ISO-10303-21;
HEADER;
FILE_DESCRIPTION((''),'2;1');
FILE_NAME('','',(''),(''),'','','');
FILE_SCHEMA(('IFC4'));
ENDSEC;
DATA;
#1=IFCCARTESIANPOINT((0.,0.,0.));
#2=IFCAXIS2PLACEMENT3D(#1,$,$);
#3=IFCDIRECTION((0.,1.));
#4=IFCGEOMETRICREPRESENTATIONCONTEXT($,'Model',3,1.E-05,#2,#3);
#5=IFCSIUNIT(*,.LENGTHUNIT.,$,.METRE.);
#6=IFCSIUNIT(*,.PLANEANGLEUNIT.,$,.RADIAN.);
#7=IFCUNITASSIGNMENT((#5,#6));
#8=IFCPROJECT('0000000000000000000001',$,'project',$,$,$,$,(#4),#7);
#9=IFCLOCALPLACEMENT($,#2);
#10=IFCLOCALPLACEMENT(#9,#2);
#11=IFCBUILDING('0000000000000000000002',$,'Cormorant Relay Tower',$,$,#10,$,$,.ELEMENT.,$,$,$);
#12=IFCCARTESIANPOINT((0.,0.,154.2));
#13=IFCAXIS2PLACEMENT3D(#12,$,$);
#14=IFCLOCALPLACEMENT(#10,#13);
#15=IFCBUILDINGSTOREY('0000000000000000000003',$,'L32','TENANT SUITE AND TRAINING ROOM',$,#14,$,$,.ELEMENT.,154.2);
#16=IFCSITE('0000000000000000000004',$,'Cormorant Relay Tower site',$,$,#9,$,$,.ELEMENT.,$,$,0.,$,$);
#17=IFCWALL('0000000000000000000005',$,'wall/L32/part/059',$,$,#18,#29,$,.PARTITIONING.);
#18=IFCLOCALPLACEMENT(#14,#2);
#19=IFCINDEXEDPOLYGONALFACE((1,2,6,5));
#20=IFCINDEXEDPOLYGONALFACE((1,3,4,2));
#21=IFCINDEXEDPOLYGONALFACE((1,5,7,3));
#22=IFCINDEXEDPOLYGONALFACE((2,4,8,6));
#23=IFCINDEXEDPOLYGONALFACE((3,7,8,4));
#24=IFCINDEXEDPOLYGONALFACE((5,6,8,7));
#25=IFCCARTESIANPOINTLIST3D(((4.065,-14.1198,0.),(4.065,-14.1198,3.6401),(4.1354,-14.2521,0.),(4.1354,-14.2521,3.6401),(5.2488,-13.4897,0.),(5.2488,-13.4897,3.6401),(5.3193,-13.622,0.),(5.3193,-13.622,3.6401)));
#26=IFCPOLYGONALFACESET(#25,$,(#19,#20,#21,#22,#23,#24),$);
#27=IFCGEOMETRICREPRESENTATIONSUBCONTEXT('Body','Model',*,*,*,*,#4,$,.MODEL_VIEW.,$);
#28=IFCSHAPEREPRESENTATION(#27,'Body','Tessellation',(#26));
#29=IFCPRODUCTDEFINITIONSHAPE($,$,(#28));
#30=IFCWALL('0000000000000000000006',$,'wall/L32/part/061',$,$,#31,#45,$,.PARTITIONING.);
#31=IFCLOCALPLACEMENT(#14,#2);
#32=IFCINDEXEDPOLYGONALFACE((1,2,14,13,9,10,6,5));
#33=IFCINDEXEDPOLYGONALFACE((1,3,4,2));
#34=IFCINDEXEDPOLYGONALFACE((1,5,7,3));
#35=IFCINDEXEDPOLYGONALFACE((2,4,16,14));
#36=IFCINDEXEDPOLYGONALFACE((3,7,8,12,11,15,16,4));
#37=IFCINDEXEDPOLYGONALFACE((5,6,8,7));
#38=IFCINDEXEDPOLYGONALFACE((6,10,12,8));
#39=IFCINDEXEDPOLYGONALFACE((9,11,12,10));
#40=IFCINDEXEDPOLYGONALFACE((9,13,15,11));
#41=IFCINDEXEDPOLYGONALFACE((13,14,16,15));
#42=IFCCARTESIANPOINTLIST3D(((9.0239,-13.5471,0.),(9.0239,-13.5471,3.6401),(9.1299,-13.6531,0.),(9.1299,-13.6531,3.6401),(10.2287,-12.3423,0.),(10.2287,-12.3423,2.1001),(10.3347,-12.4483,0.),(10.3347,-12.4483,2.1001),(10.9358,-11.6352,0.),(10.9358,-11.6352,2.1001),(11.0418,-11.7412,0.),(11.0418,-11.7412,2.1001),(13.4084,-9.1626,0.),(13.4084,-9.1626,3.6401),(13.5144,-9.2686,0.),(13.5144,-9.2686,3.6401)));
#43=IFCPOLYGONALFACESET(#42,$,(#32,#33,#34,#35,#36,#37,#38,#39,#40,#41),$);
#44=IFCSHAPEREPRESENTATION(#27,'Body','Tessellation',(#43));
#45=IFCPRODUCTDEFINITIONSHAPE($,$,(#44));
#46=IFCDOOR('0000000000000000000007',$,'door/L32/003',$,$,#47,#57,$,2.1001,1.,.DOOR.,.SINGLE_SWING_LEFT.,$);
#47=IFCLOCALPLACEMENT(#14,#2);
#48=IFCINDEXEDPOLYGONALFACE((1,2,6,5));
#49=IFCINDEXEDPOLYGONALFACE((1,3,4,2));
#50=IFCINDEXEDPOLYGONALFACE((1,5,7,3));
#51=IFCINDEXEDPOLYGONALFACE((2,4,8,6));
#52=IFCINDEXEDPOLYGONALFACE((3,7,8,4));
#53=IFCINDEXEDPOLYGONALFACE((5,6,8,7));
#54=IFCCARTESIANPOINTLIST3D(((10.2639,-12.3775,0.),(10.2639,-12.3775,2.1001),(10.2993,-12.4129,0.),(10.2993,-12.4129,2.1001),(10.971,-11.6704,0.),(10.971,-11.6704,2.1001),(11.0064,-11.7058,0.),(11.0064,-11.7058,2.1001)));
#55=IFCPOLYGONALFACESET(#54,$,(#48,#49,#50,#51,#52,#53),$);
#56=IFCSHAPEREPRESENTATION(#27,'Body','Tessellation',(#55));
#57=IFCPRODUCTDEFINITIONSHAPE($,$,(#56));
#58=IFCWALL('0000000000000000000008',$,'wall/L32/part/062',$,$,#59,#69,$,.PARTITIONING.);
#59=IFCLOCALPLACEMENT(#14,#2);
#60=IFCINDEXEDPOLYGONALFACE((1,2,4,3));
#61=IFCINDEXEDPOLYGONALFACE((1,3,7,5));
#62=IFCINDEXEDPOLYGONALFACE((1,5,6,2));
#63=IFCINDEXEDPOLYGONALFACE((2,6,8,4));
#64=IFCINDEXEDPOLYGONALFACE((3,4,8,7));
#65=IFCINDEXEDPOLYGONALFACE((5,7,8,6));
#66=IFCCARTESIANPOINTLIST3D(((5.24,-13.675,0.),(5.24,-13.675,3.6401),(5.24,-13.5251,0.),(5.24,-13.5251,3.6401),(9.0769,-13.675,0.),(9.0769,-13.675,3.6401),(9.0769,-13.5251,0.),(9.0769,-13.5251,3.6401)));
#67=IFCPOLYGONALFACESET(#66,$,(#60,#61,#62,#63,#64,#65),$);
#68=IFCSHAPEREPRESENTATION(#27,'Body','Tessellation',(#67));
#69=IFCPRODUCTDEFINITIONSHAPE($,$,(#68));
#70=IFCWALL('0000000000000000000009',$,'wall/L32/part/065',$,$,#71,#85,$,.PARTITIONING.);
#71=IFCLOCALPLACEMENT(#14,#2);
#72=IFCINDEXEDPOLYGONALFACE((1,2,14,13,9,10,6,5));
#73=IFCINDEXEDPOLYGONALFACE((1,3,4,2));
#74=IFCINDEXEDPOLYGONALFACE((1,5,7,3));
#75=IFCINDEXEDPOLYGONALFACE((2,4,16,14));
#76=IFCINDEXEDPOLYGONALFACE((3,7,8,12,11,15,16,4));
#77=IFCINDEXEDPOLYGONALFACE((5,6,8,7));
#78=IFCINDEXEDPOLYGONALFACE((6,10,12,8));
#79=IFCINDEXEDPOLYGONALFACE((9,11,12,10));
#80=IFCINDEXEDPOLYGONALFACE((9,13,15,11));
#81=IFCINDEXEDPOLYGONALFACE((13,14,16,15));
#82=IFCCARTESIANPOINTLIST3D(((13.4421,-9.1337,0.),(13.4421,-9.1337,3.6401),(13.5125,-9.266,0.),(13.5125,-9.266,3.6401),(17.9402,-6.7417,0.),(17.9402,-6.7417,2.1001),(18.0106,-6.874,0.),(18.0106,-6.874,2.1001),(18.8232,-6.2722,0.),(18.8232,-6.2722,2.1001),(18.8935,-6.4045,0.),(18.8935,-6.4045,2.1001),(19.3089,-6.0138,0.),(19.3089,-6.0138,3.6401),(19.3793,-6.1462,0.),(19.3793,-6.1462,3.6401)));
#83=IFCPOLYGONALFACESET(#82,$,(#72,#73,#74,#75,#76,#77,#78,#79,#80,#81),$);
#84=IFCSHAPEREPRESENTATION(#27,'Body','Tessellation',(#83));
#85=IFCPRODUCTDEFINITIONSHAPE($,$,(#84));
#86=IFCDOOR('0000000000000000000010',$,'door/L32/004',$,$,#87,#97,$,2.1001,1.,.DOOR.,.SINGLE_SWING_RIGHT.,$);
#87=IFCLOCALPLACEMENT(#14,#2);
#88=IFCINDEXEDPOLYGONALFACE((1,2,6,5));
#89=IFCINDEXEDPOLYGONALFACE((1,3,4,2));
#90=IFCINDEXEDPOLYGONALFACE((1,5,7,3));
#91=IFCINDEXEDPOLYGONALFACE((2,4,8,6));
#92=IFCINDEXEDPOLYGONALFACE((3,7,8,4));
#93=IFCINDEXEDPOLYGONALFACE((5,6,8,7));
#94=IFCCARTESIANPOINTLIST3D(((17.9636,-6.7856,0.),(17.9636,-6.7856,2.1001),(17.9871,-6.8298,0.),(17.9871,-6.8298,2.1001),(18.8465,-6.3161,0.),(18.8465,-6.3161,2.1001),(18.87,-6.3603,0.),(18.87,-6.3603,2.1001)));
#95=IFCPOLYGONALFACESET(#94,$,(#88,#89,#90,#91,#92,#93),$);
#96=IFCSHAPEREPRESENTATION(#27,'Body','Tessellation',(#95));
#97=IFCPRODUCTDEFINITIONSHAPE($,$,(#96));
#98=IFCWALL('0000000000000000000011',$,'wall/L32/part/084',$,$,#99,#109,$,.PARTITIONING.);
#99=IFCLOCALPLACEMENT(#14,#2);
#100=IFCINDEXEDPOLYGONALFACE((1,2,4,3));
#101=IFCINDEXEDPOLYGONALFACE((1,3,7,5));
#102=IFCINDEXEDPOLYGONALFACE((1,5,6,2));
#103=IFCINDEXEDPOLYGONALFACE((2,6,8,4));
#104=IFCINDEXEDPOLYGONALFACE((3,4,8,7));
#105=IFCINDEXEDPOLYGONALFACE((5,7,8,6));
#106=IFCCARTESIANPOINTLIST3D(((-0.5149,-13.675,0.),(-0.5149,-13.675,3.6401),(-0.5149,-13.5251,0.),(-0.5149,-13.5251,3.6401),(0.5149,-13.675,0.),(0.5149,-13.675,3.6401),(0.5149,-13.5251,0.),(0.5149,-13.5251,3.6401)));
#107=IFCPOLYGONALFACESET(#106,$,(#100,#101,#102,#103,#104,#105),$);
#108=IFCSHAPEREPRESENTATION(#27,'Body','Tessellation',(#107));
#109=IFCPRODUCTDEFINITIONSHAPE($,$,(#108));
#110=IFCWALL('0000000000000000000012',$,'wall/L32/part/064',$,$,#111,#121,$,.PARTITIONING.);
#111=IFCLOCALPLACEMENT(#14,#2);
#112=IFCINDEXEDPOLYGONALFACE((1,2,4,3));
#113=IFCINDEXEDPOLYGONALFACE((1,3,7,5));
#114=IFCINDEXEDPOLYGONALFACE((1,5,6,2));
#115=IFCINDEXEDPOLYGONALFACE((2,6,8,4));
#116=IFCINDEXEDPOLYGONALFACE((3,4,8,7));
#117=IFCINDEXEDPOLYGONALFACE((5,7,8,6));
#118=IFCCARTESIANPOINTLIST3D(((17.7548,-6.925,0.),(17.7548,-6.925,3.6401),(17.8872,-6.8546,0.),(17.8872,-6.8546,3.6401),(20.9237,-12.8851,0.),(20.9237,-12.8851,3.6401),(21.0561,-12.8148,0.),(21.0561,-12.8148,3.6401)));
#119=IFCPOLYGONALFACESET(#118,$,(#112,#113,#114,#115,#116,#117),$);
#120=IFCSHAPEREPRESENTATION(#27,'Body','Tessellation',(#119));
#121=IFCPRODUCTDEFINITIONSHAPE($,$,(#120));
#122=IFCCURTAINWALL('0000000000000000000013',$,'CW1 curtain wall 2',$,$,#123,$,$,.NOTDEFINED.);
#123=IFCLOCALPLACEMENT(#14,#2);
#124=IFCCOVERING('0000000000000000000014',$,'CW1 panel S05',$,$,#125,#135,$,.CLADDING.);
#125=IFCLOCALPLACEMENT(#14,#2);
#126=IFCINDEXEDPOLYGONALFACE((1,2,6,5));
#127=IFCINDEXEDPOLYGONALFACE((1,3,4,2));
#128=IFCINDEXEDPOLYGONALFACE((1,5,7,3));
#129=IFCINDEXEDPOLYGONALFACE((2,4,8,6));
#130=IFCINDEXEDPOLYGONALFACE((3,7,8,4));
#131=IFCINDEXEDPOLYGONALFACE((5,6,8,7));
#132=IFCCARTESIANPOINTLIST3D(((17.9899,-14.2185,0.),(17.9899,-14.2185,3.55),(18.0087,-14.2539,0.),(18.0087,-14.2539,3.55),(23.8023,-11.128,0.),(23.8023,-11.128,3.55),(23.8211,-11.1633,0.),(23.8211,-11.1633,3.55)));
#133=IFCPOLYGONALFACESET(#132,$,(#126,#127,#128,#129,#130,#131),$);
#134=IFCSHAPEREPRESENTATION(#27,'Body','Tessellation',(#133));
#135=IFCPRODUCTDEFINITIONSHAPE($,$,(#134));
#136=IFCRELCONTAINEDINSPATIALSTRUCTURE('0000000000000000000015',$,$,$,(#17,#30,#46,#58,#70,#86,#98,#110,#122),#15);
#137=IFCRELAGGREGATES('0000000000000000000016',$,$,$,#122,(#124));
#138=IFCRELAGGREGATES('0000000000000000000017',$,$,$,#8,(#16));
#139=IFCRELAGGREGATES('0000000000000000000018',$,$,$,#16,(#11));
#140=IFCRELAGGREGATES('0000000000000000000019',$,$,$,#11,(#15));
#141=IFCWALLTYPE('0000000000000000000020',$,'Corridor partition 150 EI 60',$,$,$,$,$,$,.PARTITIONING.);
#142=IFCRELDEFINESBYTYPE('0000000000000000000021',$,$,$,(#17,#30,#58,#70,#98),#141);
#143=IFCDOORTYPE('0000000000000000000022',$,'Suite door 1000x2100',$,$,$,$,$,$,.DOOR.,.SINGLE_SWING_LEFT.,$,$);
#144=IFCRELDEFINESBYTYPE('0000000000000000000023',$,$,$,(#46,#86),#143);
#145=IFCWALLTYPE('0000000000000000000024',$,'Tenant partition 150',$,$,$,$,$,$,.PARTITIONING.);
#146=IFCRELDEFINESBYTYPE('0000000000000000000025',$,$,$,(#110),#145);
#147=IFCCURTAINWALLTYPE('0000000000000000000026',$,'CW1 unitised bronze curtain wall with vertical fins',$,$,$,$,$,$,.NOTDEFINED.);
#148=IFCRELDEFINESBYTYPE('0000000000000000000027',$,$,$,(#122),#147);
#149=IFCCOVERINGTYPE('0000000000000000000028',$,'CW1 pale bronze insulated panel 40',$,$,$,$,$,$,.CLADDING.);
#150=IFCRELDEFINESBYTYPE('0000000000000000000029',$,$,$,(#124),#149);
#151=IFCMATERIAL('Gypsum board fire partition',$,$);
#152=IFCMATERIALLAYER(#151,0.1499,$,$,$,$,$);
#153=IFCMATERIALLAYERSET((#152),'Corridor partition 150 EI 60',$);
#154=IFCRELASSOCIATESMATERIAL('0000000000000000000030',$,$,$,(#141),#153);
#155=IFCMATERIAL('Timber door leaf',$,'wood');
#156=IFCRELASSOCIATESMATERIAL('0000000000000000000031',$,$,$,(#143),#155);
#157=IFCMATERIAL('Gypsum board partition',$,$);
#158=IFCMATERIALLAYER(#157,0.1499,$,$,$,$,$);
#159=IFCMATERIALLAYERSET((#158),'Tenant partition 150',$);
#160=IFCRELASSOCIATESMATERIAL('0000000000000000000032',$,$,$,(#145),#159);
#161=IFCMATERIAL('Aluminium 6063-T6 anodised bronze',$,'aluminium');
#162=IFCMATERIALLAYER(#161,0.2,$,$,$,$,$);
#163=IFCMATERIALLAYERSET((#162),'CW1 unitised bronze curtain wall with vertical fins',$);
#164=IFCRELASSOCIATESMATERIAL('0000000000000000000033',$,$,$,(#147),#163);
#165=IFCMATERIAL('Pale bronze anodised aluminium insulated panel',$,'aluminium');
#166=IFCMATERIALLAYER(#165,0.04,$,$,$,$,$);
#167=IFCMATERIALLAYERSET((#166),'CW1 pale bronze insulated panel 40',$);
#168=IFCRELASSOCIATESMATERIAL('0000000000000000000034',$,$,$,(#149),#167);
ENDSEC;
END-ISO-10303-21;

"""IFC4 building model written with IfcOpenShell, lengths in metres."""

from ifc_helpers import new_model, si_unit, direction, frame, frame_2d, origin, origin_2d, place, context, subcontext, project, spatial, rectangle, extrude, material, layer, layer_set, type_object, element, fill, aggregate, save


model = new_model("IFC4")

# Units and contexts
model_context = context("Model", 3, precision=1e-05, world=origin(), true_north=direction((0.0, 1.0)))
body_context = subcontext(model_context, "Body", "Model", "MODEL_VIEW")
ifc_project = project(units=[si_unit("LENGTHUNIT", "METRE"), si_unit("PLANEANGLEUNIT", "RADIAN")], contexts=[model_context])

# Site, building, storey
site_placement = place(None, origin())
site = spatial("IfcSite", under=ifc_project, at=site_placement, Name="Cormorant Relay Tower site", CompositionType="ELEMENT", RefElevation=0.0)
building_placement = place(site_placement, origin())
building = spatial("IfcBuilding", under=site, at=building_placement, Name="Cormorant Relay Tower", CompositionType="ELEMENT")
storey_placement = place(building_placement, frame((0.0, 0.0, 154.2)))
storey = spatial("IfcBuildingStorey", under=building, at=storey_placement, Name="L32", Description="TENANT SUITE AND TRAINING ROOM", CompositionType="ELEMENT", Elevation=154.2)

# Wall
ifc_material_1 = material(Name="Gypsum board fire partition")
ifc_layer_1 = layer(ifc_material_1, 0.1499)
ifc_layer_set_1 = layer_set([ifc_layer_1], Name="Corridor partition 150 EI 60")
wall_type_1 = type_object("IfcWallType", Name="Corridor partition 150 EI 60", PredefinedType="PARTITIONING", material=ifc_layer_set_1)
wall_1_placement = place(storey_placement, frame((5.2839, -13.5559, 0.0), z_axis=(0.0, 0.0, 1.0), x_axis=(-0.882741, -0.469861, 0.0)))
element("IfcWall", 1, at=wall_1_placement, inside=storey, type_object=wall_type_1, Name="wall/L32/part/059", PredefinedType="PARTITIONING", context=body_context, shape_type="SweptSolid", body=[
    extrude(rectangle(XDim=1.3411, YDim=0.1499, at=frame_2d((0.6704, 0.0))), origin(), (0.0, 0.0, 1.0), 3.6401),
])

# Wall, opening, door
wall_2_placement = place(storey_placement, frame((13.4614, -9.2156, 0.0), z_axis=(0.0, 0.0, 1.0), x_axis=(-0.707107, -0.707107, 0.0)))
wall_2 = element("IfcWall", 2, at=wall_2_placement, inside=storey, type_object=wall_type_1, Name="wall/L32/part/061", PredefinedType="PARTITIONING", context=body_context, shape_type="SweptSolid", body=[
    extrude(rectangle(XDim=6.2007, YDim=0.1499, at=frame_2d((3.1003, 0.0))), origin(), (0.0, 0.0, 1.0), 3.6401),
])
opening_1_placement = place(wall_2_placement, frame((3.4968, 0.0, 0.0)))
opening_1 = element("IfcOpeningElement", 3, at=opening_1_placement, cuts=wall_2, PredefinedType="OPENING", context=body_context, shape_type="SweptSolid", body=[
    extrude(rectangle(XDim=1.0, YDim=2.1001, at=frame_2d((0.5, 1.05))), frame((0.0, 0.085, 0.0), z_axis=(0.0, -1.0, 0.0), x_axis=(1.0, 0.0, 0.0)), (0.0, 0.0, 1.0), 0.1699),
])
ifc_material_2 = material(Name="Timber door leaf", Category="wood")
door_type_1 = type_object("IfcDoorType", Name="Suite door 1000x2100", OperationType="SINGLE_SWING_LEFT", PredefinedType="DOOR", material=ifc_material_2)
door_1_placement = place(opening_1_placement, origin())
door_1 = element("IfcDoor", 4, at=door_1_placement, inside=storey, type_object=door_type_1, Name="door/L32/003", OperationType="SINGLE_SWING_LEFT", OverallHeight=2.1001, OverallWidth=1.0, PredefinedType="DOOR", context=body_context, shape_type="SweptSolid", body=[
    extrude(rectangle(XDim=1.0, YDim=2.1001, at=frame_2d((0.5, 1.05))), frame((0.0, 0.0249, 0.0), z_axis=(0.0, -1.0, 0.0), x_axis=(1.0, 0.0, 0.0)), (0.0, 0.0, 1.0), 0.05),
])
fill(opening_1, door_1)

# Wall
wall_3_placement = place(storey_placement, frame((9.0769, -13.6001, 0.0), z_axis=(0.0, 0.0, 1.0), x_axis=(-1.0, 0.0, 0.0)))
element("IfcWall", 5, at=wall_3_placement, inside=storey, type_object=wall_type_1, Name="wall/L32/part/062", PredefinedType="PARTITIONING", context=body_context, shape_type="SweptSolid", body=[
    extrude(rectangle(XDim=3.8369, YDim=0.1499, at=frame_2d((1.9185, 0.0))), origin(), (0.0, 0.0, 1.0), 3.6401),
])

# Wall, opening, door
wall_4_placement = place(storey_placement, frame((19.344, -6.0801, 0.0), z_axis=(0.0, 0.0, 1.0), x_axis=(-0.882925, -0.469514, 0.0)))
wall_4 = element("IfcWall", 6, at=wall_4_placement, inside=storey, type_object=wall_type_1, Name="wall/L32/part/065", PredefinedType="PARTITIONING", context=body_context, shape_type="SweptSolid", body=[
    extrude(rectangle(XDim=6.6448, YDim=0.1499, at=frame_2d((3.3223, 0.0))), origin(), (0.0, 0.0, 1.0), 3.6401),
])
opening_2_placement = place(wall_4_placement, frame((0.55, 0.0, 0.0)))
opening_2 = element("IfcOpeningElement", 7, at=opening_2_placement, cuts=wall_4, PredefinedType="OPENING", context=body_context, shape_type="SweptSolid", body=[
    extrude(rectangle(XDim=1.0, YDim=2.1001, at=frame_2d((0.5, 1.05))), frame((0.0, 0.085, 0.0), z_axis=(0.0, -1.0, 0.0), x_axis=(1.0, 0.0, 0.0)), (0.0, 0.0, 1.0), 0.1699),
])
door_2_placement = place(opening_2_placement, origin())
door_2 = element("IfcDoor", 8, at=door_2_placement, inside=storey, type_object=door_type_1, Name="door/L32/004", OperationType="SINGLE_SWING_RIGHT", OverallHeight=2.1001, OverallWidth=1.0, PredefinedType="DOOR", context=body_context, shape_type="SweptSolid", body=[
    extrude(rectangle(XDim=1.0, YDim=2.1001, at=frame_2d((0.5, 1.05))), frame((0.0, 0.0249, 0.0), z_axis=(0.0, -1.0, 0.0), x_axis=(1.0, 0.0, 0.0)), (0.0, 0.0, 1.0), 0.05),
])
fill(opening_2, door_2)

# Walls
wall_5_placement = place(storey_placement, frame((0.5149, -13.6001, 0.0), z_axis=(0.0, 0.0, 1.0), x_axis=(-1.0, 0.0, 0.0)))
element("IfcWall", 9, at=wall_5_placement, inside=storey, type_object=wall_type_1, Name="wall/L32/part/084", PredefinedType="PARTITIONING", context=body_context, shape_type="SweptSolid", body=[
    extrude(rectangle(XDim=1.0298, YDim=0.1499, at=frame_2d((0.5149, 0.0))), origin(), (0.0, 0.0, 1.0), 3.6401),
])
ifc_material_3 = material(Name="Gypsum board partition")
ifc_layer_2 = layer(ifc_material_3, 0.1499)
ifc_layer_set_2 = layer_set([ifc_layer_2], Name="Tenant partition 150")
wall_type_2 = type_object("IfcWallType", Name="Tenant partition 150", PredefinedType="PARTITIONING", material=ifc_layer_set_2)
wall_6_placement = place(storey_placement, frame((17.821, -6.8899, 0.0), z_axis=(0.0, 0.0, 1.0), x_axis=(0.469454, -0.882957, 0.0)))
element("IfcWall", 10, at=wall_6_placement, inside=storey, type_object=wall_type_2, Name="wall/L32/part/064", PredefinedType="PARTITIONING", context=body_context, shape_type="SweptSolid", body=[
    extrude(rectangle(XDim=6.7502, YDim=0.1499, at=frame_2d((3.375, 0.0))), origin(), (0.0, 0.0, 1.0), 3.6401),
])

# Curtain wall, covering
ifc_material_4 = material(Name="Aluminium 6063-T6 anodised bronze", Category="aluminium")
ifc_layer_3 = layer(ifc_material_4, 0.2)
ifc_layer_set_3 = layer_set([ifc_layer_3], Name="CW1 unitised bronze curtain wall with vertical fins")
curtain_wall_type = type_object("IfcCurtainWallType", Name="CW1 unitised bronze curtain wall with vertical fins", PredefinedType="NOTDEFINED", material=ifc_layer_set_3)
curtain_wall_placement = place(storey_placement, origin())
curtain_wall = element("IfcCurtainWall", 11, at=curtain_wall_placement, inside=storey, type_object=curtain_wall_type, Name="CW1 curtain wall 2", PredefinedType="NOTDEFINED")
ifc_material_5 = material(Name="Pale bronze anodised aluminium insulated panel", Category="aluminium")
ifc_layer_4 = layer(ifc_material_5, 0.04)
ifc_layer_set_4 = layer_set([ifc_layer_4], Name="CW1 pale bronze insulated panel 40")
covering_type = type_object("IfcCoveringType", Name="CW1 pale bronze insulated panel 40", PredefinedType="CLADDING", material=ifc_layer_set_4)
covering_placement = place(storey_placement, frame((20.9055, -12.6909, 0.0), z_axis=(0.0, 0.0, 1.0), x_axis=(0.882948, 0.469472, 0.0)))
covering = element("IfcCovering", 12, at=covering_placement, type_object=covering_type, Name="CW1 panel S05", PredefinedType="CLADDING", context=body_context, shape_type="SweptSolid", body=[
    extrude(rectangle(XDim=6.583, YDim=0.04, at=origin_2d()), origin(), (0.0, 0.0, 1.0), 3.55),
])
aggregate(curtain_wall, [covering])

save(model, "model.ifc")
